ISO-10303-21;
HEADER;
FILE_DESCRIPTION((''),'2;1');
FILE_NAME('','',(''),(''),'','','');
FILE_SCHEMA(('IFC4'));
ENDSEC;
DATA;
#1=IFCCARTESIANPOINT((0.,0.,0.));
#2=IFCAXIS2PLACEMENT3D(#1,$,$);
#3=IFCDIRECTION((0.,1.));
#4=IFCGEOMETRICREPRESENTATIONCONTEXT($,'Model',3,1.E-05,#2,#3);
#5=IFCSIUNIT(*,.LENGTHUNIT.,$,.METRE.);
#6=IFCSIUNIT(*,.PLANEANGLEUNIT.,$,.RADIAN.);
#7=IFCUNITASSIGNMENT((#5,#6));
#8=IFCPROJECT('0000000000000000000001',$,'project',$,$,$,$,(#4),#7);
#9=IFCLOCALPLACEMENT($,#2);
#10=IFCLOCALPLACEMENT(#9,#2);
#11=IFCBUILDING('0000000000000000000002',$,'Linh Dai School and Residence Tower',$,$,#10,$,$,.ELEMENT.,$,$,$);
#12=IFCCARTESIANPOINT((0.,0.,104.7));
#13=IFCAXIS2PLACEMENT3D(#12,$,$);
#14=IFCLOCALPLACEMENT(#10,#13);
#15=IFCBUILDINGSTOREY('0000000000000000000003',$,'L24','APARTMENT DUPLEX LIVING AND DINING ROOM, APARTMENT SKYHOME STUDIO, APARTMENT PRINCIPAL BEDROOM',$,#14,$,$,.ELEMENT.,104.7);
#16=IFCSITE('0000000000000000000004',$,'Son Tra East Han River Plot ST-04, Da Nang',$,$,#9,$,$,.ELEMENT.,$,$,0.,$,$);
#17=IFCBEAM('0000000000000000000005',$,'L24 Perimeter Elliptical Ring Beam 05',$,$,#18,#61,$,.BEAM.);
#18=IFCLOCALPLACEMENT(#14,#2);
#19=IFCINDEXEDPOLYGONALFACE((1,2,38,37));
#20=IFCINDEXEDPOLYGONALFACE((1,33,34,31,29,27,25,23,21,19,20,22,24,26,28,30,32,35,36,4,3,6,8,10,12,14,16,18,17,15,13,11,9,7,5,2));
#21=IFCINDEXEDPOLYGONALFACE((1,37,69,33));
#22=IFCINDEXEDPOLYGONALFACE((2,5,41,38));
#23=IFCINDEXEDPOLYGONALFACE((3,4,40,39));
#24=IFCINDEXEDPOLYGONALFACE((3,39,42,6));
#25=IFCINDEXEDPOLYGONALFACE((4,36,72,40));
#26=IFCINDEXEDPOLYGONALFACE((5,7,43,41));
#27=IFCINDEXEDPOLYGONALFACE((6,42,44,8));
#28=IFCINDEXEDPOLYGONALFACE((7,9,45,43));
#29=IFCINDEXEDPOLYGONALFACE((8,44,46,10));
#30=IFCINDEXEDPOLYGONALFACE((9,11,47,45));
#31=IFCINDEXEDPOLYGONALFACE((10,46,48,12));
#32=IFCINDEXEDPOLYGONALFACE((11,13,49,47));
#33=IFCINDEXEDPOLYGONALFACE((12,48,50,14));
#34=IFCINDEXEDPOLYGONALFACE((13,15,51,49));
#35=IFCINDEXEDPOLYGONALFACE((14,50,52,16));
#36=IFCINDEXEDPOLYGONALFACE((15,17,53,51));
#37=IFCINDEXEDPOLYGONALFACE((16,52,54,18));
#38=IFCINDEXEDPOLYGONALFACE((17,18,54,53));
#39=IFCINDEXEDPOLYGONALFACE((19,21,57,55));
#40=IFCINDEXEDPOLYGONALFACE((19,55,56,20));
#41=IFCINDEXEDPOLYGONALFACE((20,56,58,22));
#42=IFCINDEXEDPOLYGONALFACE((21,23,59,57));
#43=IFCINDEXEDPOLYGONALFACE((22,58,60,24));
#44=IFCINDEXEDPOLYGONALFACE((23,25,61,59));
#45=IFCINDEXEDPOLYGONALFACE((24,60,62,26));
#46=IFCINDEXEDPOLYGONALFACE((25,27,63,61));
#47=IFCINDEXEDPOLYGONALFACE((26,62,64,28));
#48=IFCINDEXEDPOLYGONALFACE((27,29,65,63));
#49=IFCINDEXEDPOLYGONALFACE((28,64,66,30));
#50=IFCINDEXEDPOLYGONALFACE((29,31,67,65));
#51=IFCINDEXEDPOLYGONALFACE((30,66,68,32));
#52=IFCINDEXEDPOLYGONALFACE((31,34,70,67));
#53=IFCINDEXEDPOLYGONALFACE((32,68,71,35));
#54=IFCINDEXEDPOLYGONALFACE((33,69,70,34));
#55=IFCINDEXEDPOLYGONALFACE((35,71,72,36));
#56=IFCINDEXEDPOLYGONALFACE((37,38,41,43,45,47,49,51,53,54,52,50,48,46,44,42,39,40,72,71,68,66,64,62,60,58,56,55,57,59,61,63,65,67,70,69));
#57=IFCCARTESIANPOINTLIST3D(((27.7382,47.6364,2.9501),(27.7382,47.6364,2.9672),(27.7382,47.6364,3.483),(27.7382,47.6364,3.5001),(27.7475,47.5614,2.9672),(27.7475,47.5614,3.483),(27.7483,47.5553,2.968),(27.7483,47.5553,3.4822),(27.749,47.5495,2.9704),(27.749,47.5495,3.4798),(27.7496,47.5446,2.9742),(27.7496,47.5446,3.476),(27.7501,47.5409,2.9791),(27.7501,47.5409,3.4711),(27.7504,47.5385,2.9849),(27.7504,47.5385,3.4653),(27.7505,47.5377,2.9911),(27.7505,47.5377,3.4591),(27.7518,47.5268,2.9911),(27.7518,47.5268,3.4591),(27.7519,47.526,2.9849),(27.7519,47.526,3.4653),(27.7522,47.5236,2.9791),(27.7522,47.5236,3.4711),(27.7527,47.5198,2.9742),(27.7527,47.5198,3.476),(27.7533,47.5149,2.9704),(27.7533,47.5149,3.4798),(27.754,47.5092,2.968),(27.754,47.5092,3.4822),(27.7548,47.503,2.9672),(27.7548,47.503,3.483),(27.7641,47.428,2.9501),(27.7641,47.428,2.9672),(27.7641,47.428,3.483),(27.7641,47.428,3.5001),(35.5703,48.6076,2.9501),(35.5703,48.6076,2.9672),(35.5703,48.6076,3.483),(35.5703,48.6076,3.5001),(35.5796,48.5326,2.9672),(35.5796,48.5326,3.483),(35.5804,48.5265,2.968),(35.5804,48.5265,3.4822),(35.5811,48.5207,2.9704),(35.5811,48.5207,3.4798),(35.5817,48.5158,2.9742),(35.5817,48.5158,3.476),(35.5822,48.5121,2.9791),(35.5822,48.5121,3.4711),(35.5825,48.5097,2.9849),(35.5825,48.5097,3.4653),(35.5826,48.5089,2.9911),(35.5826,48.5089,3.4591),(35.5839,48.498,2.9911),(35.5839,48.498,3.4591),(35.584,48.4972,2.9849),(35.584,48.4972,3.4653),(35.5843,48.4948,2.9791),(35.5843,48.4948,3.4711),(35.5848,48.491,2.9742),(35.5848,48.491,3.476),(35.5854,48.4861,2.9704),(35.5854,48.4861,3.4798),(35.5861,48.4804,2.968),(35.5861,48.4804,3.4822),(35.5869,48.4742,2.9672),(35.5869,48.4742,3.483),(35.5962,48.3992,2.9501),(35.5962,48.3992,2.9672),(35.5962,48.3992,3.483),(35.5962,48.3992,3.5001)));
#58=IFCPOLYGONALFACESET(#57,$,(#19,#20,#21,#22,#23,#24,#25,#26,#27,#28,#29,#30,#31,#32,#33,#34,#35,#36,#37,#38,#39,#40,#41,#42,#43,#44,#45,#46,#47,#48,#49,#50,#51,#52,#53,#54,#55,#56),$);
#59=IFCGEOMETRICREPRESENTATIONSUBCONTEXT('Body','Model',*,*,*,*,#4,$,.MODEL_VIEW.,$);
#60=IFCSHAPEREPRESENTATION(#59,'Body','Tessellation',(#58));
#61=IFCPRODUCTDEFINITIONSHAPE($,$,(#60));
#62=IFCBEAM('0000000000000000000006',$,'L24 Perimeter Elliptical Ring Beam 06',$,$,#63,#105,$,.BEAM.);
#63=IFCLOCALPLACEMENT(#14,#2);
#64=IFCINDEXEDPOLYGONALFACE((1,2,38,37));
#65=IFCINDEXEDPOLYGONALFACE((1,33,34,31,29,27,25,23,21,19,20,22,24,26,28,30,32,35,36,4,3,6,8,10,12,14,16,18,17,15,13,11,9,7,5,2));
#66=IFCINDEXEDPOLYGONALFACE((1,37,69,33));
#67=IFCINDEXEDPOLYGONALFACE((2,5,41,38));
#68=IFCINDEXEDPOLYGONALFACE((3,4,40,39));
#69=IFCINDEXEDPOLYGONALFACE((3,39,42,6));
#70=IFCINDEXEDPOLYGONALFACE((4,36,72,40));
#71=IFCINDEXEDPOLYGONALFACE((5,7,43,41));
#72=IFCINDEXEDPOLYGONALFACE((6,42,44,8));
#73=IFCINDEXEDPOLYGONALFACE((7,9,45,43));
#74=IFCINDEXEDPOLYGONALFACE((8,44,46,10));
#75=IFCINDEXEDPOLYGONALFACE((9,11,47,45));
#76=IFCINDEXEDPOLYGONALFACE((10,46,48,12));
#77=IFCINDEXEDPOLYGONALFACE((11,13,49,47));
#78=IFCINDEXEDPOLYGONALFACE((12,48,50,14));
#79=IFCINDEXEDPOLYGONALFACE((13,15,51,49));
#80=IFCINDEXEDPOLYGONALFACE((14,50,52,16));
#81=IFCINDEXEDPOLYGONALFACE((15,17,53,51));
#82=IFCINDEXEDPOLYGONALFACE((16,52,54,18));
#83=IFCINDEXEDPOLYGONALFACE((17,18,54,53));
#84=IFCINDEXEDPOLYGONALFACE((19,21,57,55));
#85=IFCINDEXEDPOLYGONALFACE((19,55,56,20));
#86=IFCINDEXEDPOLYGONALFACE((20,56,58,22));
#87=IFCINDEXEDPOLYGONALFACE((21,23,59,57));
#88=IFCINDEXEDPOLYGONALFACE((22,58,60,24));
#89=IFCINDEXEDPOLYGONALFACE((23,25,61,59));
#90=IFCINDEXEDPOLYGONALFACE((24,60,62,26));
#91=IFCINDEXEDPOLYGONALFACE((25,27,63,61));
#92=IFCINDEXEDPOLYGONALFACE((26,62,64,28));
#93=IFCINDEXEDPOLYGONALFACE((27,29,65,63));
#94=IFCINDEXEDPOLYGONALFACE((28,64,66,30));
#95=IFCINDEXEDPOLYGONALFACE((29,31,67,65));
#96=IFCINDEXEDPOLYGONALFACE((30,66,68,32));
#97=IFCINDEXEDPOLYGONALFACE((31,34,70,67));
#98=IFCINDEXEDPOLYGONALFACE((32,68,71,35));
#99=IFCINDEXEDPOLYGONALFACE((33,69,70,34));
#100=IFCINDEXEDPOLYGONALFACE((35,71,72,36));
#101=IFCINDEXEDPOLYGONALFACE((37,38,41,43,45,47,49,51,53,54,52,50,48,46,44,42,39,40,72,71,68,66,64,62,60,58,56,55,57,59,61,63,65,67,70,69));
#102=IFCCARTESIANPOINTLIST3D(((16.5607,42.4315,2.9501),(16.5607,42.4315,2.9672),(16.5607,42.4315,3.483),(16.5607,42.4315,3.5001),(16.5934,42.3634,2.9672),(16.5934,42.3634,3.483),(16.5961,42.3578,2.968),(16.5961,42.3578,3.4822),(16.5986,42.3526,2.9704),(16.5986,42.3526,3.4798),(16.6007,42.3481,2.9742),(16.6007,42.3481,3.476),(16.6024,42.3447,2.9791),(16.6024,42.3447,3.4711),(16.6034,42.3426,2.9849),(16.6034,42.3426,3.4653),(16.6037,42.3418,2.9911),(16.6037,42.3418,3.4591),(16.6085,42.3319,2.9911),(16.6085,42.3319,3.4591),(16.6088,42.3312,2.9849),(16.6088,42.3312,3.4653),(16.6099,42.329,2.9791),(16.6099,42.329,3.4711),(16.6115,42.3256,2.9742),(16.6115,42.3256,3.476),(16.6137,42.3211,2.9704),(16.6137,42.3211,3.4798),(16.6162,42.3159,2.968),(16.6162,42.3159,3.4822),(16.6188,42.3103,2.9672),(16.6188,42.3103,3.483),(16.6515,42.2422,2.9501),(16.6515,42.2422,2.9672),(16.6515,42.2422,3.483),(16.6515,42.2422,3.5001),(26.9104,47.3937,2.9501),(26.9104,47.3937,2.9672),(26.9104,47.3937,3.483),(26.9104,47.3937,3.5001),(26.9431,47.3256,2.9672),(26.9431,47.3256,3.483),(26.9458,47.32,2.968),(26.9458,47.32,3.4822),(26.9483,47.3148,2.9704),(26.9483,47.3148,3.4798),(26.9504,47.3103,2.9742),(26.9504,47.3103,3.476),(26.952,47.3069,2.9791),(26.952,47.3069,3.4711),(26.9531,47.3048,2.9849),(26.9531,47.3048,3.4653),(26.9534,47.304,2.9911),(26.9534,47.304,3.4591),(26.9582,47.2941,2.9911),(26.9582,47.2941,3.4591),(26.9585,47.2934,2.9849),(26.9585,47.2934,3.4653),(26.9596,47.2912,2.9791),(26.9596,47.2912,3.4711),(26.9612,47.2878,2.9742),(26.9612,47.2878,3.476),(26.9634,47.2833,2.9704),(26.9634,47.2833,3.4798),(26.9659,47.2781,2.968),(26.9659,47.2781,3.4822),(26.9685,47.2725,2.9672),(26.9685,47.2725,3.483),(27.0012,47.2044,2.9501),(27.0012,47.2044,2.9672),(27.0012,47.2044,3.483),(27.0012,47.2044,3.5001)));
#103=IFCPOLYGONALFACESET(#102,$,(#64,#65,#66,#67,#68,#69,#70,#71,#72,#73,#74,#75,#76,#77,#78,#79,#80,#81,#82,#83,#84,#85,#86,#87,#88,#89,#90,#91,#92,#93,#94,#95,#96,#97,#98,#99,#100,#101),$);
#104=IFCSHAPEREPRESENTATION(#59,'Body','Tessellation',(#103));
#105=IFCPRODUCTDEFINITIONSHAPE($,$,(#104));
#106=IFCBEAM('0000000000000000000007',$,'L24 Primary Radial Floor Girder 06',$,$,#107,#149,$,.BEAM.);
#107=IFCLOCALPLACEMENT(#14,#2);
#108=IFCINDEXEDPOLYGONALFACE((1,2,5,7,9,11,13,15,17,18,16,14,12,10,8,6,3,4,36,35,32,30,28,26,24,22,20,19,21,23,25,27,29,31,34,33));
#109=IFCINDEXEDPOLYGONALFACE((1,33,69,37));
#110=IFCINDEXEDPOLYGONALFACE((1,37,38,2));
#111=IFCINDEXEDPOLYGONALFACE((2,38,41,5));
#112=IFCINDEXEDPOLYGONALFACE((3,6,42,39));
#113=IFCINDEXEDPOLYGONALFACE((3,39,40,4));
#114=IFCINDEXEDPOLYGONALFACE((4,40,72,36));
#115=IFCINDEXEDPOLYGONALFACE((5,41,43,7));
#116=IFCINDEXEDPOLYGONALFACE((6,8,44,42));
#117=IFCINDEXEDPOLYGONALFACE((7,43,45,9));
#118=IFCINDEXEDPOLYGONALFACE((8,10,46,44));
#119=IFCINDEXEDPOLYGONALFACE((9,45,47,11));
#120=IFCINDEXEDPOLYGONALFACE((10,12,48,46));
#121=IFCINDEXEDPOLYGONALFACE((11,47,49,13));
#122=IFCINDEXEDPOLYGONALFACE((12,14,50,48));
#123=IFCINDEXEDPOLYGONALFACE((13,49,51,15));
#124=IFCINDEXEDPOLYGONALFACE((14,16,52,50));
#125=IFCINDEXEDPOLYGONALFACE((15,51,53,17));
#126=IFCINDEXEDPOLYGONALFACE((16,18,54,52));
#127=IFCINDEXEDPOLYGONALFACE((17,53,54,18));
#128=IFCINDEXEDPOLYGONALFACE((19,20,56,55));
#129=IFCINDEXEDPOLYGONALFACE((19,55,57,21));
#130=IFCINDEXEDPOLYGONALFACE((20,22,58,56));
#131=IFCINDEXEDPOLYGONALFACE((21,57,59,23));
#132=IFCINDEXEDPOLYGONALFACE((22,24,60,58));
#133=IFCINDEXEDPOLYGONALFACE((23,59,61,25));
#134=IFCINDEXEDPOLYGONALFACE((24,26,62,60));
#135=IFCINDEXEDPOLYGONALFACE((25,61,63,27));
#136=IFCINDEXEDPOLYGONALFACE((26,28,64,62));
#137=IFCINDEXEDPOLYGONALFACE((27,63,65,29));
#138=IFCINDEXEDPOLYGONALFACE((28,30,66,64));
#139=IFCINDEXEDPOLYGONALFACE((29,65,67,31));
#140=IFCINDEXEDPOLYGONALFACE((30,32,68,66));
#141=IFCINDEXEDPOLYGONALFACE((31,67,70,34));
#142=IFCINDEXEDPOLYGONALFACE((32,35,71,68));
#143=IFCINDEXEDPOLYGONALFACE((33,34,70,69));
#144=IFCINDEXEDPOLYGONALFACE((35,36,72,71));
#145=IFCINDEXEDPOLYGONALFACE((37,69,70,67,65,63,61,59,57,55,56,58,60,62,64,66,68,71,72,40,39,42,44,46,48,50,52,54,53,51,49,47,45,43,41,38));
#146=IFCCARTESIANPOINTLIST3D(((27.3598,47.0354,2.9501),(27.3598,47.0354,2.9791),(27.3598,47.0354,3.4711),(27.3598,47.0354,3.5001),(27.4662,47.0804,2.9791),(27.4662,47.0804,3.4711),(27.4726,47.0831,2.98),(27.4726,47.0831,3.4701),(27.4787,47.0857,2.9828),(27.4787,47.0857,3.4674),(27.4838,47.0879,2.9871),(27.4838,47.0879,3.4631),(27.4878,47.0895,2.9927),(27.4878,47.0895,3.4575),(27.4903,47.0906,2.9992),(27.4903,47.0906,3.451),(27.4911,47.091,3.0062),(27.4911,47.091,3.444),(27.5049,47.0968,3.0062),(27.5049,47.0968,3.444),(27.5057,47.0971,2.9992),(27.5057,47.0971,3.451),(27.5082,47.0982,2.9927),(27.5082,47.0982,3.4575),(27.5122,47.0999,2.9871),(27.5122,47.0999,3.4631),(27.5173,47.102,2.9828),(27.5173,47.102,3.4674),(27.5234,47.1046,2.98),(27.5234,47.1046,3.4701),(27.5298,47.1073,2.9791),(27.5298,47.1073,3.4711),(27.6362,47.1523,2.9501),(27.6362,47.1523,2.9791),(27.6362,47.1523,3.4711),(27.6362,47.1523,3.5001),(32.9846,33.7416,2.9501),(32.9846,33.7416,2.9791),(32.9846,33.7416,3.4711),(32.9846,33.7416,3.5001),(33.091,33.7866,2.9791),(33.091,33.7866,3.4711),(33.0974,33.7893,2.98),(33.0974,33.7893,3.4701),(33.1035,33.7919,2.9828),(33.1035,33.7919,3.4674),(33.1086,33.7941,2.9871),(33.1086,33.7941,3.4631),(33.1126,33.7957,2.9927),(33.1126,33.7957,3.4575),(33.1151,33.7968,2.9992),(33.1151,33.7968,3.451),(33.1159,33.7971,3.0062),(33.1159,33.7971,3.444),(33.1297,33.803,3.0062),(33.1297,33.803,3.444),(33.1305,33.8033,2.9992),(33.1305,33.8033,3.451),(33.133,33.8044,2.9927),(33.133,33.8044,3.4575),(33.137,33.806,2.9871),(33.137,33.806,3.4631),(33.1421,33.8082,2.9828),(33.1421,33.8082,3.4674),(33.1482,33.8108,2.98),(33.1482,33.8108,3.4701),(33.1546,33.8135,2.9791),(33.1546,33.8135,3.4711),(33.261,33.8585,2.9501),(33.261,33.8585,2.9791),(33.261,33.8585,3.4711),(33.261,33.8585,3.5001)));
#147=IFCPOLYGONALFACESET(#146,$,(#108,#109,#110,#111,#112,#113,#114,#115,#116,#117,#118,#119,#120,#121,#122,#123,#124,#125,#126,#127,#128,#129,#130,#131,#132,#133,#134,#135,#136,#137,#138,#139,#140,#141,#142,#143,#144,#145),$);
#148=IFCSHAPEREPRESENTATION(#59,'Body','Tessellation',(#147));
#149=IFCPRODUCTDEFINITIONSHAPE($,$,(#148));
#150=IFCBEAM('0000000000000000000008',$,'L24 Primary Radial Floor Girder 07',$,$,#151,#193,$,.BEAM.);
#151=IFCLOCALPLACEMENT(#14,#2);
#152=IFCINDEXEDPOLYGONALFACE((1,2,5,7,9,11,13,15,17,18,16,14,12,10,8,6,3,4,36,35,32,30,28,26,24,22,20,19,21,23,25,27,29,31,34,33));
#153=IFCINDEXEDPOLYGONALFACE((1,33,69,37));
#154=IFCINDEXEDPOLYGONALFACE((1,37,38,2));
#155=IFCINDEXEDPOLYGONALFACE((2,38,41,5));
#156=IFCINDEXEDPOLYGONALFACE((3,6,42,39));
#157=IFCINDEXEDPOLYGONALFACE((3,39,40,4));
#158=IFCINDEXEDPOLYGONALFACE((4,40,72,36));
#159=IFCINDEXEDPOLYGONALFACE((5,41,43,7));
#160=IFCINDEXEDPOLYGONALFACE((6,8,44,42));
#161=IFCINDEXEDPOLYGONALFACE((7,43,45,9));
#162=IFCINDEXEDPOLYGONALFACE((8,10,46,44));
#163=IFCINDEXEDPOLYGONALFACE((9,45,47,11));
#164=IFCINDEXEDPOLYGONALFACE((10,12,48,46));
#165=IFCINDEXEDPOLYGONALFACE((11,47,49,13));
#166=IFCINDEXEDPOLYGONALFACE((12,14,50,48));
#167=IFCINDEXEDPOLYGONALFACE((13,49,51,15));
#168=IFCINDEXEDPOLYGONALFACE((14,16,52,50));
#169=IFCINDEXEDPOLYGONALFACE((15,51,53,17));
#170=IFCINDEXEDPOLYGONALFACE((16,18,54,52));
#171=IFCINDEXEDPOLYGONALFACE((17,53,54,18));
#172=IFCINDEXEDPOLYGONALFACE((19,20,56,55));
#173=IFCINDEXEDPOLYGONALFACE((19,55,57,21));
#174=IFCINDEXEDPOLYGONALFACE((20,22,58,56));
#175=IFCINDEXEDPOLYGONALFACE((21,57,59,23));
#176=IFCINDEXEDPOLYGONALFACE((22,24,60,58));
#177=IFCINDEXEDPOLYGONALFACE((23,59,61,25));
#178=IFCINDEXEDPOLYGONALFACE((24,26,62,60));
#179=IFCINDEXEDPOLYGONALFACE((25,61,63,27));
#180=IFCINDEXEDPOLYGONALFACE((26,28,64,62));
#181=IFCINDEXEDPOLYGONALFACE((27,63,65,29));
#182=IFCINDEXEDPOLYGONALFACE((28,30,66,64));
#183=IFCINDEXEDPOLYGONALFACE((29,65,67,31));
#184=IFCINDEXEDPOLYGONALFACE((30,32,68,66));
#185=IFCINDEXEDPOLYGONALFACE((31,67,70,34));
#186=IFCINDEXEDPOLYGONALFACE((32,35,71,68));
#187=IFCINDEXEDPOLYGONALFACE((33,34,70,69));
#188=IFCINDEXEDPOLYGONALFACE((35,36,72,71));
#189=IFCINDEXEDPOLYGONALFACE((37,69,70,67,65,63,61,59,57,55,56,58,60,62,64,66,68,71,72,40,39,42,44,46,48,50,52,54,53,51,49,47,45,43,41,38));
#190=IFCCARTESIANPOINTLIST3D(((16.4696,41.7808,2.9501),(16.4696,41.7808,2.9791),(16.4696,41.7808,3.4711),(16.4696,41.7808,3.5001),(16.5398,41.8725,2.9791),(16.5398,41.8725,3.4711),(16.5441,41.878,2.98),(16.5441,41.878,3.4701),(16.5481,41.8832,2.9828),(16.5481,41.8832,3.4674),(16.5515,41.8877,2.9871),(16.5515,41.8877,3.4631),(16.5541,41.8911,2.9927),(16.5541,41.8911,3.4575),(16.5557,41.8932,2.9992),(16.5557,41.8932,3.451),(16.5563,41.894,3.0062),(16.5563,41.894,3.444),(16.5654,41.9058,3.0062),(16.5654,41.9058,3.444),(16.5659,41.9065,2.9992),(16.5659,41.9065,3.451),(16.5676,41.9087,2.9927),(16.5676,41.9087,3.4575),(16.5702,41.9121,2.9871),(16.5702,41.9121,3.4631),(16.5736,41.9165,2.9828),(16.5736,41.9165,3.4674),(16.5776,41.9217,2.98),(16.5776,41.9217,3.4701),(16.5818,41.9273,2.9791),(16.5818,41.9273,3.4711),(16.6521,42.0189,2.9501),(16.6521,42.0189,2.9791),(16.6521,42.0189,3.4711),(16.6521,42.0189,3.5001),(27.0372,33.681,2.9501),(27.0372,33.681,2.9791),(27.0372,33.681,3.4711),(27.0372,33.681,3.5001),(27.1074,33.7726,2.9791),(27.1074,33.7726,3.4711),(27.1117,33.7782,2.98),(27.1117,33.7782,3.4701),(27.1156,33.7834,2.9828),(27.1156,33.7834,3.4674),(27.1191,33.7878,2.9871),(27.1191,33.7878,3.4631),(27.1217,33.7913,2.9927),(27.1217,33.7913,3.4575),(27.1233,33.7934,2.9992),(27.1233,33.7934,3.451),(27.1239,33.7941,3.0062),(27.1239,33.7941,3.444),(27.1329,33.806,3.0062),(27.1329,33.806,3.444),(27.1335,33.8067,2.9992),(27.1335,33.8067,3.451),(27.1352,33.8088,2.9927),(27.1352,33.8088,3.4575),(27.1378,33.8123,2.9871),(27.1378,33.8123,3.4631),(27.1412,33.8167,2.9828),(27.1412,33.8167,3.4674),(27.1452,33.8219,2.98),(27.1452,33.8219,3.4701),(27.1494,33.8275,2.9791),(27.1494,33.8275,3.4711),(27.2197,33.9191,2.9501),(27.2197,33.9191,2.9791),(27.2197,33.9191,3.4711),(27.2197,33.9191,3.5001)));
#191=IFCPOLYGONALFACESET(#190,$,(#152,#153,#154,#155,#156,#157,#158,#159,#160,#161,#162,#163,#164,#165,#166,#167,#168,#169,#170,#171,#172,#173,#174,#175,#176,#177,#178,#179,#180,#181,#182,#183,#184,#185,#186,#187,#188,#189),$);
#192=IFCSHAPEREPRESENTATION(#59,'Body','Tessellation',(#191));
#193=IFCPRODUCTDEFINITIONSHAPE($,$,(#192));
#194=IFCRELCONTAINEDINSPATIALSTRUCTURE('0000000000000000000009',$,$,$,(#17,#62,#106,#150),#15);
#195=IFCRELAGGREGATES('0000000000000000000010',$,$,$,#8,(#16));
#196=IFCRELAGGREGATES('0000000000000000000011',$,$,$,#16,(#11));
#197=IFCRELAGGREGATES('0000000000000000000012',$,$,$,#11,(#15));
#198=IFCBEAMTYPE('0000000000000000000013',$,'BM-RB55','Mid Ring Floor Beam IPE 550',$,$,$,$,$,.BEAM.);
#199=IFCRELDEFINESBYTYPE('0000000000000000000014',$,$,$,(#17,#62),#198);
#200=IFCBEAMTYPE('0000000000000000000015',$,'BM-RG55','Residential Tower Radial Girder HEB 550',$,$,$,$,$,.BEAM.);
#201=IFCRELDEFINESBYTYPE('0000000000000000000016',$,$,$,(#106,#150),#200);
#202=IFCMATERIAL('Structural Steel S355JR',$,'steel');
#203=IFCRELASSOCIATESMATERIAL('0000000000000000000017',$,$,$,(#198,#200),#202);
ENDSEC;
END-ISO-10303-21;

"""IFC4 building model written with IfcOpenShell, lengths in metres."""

from ifc_helpers import new_model, si_unit, direction, frame, origin, origin_2d, place, context, subcontext, project, spatial, i_section, extrude, material, material_profile, profile_set, type_object, element, save


model = new_model("IFC4")

# Units and contexts
model_context = context("Model", 3, precision=1e-05, world=origin(), true_north=direction((0.0, 1.0)))
body_context = subcontext(model_context, "Body", "Model", "MODEL_VIEW")
ifc_project = project(units=[si_unit("LENGTHUNIT", "METRE"), si_unit("PLANEANGLEUNIT", "RADIAN")], contexts=[model_context])

# Site, building, storey
site_placement = place(None, origin())
site = spatial("IfcSite", under=ifc_project, at=site_placement, Name="Son Tra East Han River Plot ST-04, Da Nang", CompositionType="ELEMENT", RefElevation=0.0)
building_placement = place(site_placement, origin())
building = spatial("IfcBuilding", under=site, at=building_placement, Name="Linh Dai School and Residence Tower", CompositionType="ELEMENT")
storey_placement = place(building_placement, frame((0.0, 0.0, 104.7)))
storey = spatial("IfcBuildingStorey", under=building, at=storey_placement, Name="L24", Description="APARTMENT DUPLEX LIVING AND DINING ROOM, APARTMENT SKYHOME STUDIO, APARTMENT PRINCIPAL BEDROOM", CompositionType="ELEMENT", Elevation=104.7)

# Shared definitions
ifc_material_1 = material(Name="Structural Steel S355JR", Category="steel")

# Beams
ifc_material_profile_1 = material_profile(ifc_material_1, i_section(OverallWidth=0.21, OverallDepth=0.55, WebThickness=0.011, FlangeThickness=0.0171, FilletRadius=0.0239, at=origin_2d()), Name="IPE 550")
ifc_profile_set_1 = profile_set([ifc_material_profile_1], Name="Structural Steel S355JR")
beam_type_1 = type_object("IfcBeamType", Name="BM-RB55", Description="Mid Ring Floor Beam IPE 550", PredefinedType="BEAM", material=ifc_profile_set_1)
beam_1_placement = place(storey_placement, frame((35.5833, 48.5034, 3.2251), z_axis=(-0.992399, -0.12306, 0.0), x_axis=(0.12306, -0.992399, 0.0)))
element("IfcBeam", 1, at=beam_1_placement, inside=storey, type_object=beam_type_1, Name="L24 Perimeter Elliptical Ring Beam 05", PredefinedType="BEAM", context=body_context, shape_type="SweptSolid", body=[
    extrude(i_section(OverallWidth=0.21, OverallDepth=0.55, WebThickness=0.011, FlangeThickness=0.0171, FilletRadius=0.0239, at=origin_2d()), origin(), (0.0, 0.0, 1.0), 7.8921),
])
beam_2_placement = place(storey_placement, frame((26.9558, 47.2991, 3.2251), z_axis=(-0.901715, -0.432331, 0.0), x_axis=(0.432331, -0.901715, 0.0)))
element("IfcBeam", 2, at=beam_2_placement, inside=storey, type_object=beam_type_1, Name="L24 Perimeter Elliptical Ring Beam 06", PredefinedType="BEAM", context=body_context, shape_type="SweptSolid", body=[
    extrude(i_section(OverallWidth=0.21, OverallDepth=0.55, WebThickness=0.011, FlangeThickness=0.0171, FilletRadius=0.0239, at=origin_2d()), origin(), (0.0, 0.0, 1.0), 11.4778),
])
ifc_material_profile_2 = material_profile(ifc_material_1, i_section(OverallWidth=0.3, OverallDepth=0.55, WebThickness=0.0149, FlangeThickness=0.0291, FilletRadius=0.0271, at=origin_2d()), Name="HEB 550")
ifc_profile_set_2 = profile_set([ifc_material_profile_2], Name="Structural Steel S355JR")
beam_type_2 = type_object("IfcBeamType", Name="BM-RG55", Description="Residential Tower Radial Girder HEB 550", PredefinedType="BEAM", material=ifc_profile_set_2)
beam_3_placement = place(storey_placement, frame((33.1228, 33.8, 3.2251), z_axis=(-0.389669, 0.920955, 0.0), x_axis=(-0.920955, -0.389669, 0.0)))
element("IfcBeam", 3, at=beam_3_placement, inside=storey, type_object=beam_type_2, Name="L24 Primary Radial Floor Girder 06", PredefinedType="BEAM", context=body_context, shape_type="SweptSolid", body=[
    extrude(i_section(OverallWidth=0.3, OverallDepth=0.55, WebThickness=0.0149, FlangeThickness=0.0291, FilletRadius=0.0271, at=origin_2d()), origin(), (0.0, 0.0, 1.0), 14.4348),
])
beam_4_placement = place(storey_placement, frame((27.1284, 33.8, 3.2251), z_axis=(-0.793679, 0.608337, 0.0), x_axis=(-0.608337, -0.793679, 0.0)))
element("IfcBeam", 4, at=beam_4_placement, inside=storey, type_object=beam_type_2, Name="L24 Primary Radial Floor Girder 07", PredefinedType="BEAM", context=body_context, shape_type="SweptSolid", body=[
    extrude(i_section(OverallWidth=0.3, OverallDepth=0.55, WebThickness=0.0149, FlangeThickness=0.0291, FilletRadius=0.0271, at=origin_2d()), origin(), (0.0, 0.0, 1.0), 13.3147),
])

save(model, "model.ifc")
